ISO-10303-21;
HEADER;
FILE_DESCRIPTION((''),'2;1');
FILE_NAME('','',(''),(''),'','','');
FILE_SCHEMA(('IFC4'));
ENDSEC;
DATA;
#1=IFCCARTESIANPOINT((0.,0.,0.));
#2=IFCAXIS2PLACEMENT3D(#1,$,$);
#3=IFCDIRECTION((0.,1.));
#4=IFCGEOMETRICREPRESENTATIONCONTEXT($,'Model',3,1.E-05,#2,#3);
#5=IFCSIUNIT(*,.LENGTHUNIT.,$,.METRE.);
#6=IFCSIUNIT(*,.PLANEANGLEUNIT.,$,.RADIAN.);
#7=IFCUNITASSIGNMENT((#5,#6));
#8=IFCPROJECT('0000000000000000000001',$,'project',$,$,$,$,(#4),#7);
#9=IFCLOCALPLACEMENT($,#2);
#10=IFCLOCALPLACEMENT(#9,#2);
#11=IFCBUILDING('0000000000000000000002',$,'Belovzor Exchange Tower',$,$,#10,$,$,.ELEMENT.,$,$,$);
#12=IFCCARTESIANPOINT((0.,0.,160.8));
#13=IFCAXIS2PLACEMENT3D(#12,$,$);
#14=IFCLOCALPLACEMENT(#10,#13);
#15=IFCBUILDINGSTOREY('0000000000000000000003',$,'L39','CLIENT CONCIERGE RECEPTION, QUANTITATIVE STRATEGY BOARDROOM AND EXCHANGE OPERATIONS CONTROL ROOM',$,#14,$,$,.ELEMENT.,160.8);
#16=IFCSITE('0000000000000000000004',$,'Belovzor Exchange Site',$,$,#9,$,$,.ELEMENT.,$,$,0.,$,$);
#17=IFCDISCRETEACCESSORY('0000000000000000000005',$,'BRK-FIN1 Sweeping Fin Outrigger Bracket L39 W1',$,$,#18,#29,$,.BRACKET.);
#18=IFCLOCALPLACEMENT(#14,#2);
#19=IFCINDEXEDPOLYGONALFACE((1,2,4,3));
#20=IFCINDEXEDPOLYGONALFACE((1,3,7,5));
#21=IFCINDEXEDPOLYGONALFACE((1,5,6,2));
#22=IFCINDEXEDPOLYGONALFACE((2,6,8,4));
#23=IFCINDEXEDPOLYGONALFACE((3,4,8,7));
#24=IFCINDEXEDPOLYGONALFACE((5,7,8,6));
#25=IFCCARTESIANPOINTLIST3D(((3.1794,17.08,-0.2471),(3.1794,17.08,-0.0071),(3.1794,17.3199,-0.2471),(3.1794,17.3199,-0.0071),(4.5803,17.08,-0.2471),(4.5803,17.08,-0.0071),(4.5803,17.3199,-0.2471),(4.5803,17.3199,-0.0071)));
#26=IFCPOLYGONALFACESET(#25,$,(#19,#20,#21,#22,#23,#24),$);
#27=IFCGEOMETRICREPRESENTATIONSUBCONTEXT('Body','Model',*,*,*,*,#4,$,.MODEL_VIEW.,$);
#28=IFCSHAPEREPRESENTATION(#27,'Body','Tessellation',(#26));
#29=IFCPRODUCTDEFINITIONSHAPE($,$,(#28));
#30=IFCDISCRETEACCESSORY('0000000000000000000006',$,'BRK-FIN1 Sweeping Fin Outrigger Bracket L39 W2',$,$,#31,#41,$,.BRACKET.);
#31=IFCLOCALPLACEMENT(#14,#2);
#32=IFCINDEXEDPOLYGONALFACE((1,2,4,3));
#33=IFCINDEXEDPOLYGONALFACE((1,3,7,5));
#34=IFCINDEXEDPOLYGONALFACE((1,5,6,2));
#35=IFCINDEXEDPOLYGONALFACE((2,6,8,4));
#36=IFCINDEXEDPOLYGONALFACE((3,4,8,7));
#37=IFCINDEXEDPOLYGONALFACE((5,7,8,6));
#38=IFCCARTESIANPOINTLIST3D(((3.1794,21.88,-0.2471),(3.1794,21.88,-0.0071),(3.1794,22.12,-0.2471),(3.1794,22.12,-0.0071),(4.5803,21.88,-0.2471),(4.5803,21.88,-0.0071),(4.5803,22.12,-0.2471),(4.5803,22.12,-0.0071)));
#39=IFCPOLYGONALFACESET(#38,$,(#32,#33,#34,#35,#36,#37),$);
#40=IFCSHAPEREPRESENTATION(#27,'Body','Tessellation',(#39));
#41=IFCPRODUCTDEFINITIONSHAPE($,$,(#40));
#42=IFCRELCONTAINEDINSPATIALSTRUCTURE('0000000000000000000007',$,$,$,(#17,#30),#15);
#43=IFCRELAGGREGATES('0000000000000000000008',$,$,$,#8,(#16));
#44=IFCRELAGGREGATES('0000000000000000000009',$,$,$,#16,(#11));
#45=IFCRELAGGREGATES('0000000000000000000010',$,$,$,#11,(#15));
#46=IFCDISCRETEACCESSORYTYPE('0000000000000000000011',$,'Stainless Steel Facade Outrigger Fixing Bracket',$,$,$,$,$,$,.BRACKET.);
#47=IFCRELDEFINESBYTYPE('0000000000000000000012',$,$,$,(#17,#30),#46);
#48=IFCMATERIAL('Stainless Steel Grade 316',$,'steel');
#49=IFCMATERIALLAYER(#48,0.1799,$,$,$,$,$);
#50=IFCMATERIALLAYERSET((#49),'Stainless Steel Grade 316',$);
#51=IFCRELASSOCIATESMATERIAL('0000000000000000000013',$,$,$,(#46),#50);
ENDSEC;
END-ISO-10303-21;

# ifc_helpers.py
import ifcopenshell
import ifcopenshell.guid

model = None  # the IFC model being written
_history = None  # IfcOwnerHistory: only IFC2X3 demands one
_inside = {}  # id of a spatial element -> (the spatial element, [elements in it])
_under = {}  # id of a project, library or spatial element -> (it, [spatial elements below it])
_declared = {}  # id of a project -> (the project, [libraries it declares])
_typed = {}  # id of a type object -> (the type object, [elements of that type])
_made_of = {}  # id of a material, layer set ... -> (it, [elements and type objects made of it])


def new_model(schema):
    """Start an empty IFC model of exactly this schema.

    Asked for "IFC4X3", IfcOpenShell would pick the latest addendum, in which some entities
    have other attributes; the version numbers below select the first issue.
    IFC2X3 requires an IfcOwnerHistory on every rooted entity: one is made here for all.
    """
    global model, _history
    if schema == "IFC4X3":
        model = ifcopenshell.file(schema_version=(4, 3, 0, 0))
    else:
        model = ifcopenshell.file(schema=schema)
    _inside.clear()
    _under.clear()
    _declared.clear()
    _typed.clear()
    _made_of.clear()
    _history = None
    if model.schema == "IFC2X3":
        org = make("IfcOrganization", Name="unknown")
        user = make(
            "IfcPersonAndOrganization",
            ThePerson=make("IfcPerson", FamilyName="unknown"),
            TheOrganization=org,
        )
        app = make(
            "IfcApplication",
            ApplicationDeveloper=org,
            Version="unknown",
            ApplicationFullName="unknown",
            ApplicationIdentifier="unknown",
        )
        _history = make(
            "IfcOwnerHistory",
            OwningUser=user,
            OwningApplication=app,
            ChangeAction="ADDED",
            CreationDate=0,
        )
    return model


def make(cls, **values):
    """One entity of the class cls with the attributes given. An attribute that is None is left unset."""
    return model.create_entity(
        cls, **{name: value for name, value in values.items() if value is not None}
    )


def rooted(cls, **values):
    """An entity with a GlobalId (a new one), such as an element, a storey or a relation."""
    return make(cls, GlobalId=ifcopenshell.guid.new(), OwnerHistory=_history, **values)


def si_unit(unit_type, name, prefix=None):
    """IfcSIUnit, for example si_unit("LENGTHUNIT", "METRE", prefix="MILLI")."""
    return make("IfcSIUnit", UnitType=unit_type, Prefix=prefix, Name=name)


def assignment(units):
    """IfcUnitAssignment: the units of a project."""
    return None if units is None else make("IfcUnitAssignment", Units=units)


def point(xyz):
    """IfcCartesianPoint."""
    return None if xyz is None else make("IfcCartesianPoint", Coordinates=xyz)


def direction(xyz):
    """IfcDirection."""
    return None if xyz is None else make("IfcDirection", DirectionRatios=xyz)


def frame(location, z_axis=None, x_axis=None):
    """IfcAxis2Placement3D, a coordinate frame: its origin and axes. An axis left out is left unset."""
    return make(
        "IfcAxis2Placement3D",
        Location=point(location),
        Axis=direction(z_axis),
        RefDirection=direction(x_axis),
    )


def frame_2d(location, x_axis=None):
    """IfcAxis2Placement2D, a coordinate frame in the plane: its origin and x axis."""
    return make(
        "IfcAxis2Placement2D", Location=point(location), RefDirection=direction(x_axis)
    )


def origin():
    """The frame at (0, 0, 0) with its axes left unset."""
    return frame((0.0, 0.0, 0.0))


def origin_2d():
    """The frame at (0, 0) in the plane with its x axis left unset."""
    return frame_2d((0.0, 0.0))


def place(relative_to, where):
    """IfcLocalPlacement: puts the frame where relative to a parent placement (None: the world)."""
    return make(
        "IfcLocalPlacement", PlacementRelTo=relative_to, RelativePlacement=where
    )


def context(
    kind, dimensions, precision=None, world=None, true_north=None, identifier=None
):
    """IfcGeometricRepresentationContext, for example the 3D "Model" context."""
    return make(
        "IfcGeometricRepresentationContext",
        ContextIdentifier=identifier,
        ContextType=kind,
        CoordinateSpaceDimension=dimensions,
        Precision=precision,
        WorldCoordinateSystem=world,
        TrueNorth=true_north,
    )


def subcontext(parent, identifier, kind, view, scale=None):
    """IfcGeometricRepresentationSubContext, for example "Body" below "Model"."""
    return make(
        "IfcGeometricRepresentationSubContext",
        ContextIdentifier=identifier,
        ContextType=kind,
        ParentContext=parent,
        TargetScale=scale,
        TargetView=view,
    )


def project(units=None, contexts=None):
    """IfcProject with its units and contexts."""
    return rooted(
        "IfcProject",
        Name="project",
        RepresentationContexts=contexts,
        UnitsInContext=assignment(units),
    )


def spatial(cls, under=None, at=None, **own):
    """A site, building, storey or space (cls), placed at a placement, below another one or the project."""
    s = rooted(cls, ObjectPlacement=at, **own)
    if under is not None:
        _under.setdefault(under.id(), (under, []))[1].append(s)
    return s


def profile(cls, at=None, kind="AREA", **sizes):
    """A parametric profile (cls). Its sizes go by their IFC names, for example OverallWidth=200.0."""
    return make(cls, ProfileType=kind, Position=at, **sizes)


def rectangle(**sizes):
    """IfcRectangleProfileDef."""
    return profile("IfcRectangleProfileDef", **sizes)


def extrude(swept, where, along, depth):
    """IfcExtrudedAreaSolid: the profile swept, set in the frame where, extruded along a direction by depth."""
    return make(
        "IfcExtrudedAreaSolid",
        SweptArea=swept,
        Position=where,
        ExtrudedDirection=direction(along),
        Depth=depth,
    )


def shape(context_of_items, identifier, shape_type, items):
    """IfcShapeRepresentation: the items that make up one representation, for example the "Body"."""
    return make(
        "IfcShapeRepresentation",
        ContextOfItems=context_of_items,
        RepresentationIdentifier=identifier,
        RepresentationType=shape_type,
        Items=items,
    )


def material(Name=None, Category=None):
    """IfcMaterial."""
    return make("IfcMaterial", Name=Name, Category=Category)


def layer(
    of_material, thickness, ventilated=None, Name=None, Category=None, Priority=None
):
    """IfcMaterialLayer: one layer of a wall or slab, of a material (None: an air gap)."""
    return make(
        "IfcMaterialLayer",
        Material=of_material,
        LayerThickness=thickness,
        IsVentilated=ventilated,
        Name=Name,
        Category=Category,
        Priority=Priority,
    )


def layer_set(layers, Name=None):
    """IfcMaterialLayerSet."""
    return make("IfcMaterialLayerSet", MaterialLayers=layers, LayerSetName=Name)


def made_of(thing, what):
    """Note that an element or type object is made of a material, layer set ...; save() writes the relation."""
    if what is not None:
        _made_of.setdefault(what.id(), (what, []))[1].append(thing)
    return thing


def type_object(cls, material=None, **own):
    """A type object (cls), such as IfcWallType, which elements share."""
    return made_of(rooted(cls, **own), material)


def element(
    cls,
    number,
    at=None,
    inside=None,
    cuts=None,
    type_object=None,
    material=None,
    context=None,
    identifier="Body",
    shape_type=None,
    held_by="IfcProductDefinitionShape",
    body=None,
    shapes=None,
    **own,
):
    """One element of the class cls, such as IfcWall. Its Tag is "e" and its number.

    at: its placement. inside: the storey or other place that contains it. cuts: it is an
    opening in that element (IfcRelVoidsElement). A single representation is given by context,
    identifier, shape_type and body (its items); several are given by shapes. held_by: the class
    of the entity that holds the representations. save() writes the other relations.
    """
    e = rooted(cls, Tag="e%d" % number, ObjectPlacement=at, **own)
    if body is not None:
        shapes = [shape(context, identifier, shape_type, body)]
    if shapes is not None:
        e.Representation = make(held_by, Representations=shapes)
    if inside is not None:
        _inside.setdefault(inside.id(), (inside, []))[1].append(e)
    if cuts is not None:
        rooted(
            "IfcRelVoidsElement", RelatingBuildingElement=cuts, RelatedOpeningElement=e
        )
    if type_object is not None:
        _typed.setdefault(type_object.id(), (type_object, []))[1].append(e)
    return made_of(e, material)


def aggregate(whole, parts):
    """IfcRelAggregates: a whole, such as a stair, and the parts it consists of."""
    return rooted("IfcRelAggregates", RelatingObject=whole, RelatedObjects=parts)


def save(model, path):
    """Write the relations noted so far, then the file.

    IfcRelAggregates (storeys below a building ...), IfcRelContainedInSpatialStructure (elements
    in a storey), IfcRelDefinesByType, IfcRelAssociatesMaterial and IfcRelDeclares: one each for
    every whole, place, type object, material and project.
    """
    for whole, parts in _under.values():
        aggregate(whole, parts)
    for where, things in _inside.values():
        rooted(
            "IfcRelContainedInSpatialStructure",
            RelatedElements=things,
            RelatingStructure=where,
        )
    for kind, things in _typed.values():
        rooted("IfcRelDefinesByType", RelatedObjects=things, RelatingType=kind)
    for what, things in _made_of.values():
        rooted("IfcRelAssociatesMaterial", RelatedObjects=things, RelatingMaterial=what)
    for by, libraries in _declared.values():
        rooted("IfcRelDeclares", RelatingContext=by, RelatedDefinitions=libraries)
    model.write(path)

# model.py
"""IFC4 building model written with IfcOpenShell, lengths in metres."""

from ifc_helpers import new_model, si_unit, direction, frame, origin, origin_2d, place, context, subcontext, project, spatial, rectangle, extrude, material, layer, layer_set, type_object, element, save


model = new_model("IFC4")

# Units and contexts
model_context = context("Model", 3, precision=1e-05, world=origin(), true_north=direction((0.0, 1.0)))
body_context = subcontext(model_context, "Body", "Model", "MODEL_VIEW")
ifc_project = project(units=[si_unit("LENGTHUNIT", "METRE"), si_unit("PLANEANGLEUNIT", "RADIAN")], contexts=[model_context])

# Site, building, storey
site_placement = place(None, origin())
site = spatial("IfcSite", under=ifc_project, at=site_placement, Name="Belovzor Exchange Site", CompositionType="ELEMENT", RefElevation=0.0)
building_placement = place(site_placement, origin())
building = spatial("IfcBuilding", under=site, at=building_placement, Name="Belovzor Exchange Tower", CompositionType="ELEMENT")
storey_placement = place(building_placement, frame((0.0, 0.0, 160.8)))
storey = spatial("IfcBuildingStorey", under=building, at=storey_placement, Name="L39", Description="CLIENT CONCIERGE RECEPTION, QUANTITATIVE STRATEGY BOARDROOM AND EXCHANGE OPERATIONS CONTROL ROOM", CompositionType="ELEMENT", Elevation=160.8)

# Discrete accessories
ifc_material_1 = material(Name="Stainless Steel Grade 316", Category="steel")
ifc_layer_1 = layer(ifc_material_1, 0.1799)
ifc_layer_set_1 = layer_set([ifc_layer_1], Name="Stainless Steel Grade 316")
discrete_accessory_type = type_object("IfcDiscreteAccessoryType", Name="Stainless Steel Facade Outrigger Fixing Bracket", PredefinedType="BRACKET", material=ifc_layer_set_1)
for number, where, z_axis, x_axis, name in (
    (1, (3.8799, 17.2, -0.2471), (0.0, 0.0, 1.0), (1.0, 0.0, 0.0), "BRK-FIN1 Sweeping Fin Outrigger Bracket L39 W1"),
    (2, (3.8799, 22.0, -0.2471), (0.0, 0.0, 1.0), (1.0, 0.0, 0.0), "BRK-FIN1 Sweeping Fin Outrigger Bracket L39 W2"),
):
    element("IfcDiscreteAccessory", number, at=place(storey_placement, frame(where, z_axis=z_axis, x_axis=x_axis)), inside=storey, type_object=discrete_accessory_type, Name=name, PredefinedType="BRACKET", context=body_context, shape_type="SweptSolid", body=[
        extrude(rectangle(XDim=1.4009, YDim=0.24, at=origin_2d()), origin(), (0.0, 0.0, 1.0), 0.24),
    ])

save(model, "model.ifc")
